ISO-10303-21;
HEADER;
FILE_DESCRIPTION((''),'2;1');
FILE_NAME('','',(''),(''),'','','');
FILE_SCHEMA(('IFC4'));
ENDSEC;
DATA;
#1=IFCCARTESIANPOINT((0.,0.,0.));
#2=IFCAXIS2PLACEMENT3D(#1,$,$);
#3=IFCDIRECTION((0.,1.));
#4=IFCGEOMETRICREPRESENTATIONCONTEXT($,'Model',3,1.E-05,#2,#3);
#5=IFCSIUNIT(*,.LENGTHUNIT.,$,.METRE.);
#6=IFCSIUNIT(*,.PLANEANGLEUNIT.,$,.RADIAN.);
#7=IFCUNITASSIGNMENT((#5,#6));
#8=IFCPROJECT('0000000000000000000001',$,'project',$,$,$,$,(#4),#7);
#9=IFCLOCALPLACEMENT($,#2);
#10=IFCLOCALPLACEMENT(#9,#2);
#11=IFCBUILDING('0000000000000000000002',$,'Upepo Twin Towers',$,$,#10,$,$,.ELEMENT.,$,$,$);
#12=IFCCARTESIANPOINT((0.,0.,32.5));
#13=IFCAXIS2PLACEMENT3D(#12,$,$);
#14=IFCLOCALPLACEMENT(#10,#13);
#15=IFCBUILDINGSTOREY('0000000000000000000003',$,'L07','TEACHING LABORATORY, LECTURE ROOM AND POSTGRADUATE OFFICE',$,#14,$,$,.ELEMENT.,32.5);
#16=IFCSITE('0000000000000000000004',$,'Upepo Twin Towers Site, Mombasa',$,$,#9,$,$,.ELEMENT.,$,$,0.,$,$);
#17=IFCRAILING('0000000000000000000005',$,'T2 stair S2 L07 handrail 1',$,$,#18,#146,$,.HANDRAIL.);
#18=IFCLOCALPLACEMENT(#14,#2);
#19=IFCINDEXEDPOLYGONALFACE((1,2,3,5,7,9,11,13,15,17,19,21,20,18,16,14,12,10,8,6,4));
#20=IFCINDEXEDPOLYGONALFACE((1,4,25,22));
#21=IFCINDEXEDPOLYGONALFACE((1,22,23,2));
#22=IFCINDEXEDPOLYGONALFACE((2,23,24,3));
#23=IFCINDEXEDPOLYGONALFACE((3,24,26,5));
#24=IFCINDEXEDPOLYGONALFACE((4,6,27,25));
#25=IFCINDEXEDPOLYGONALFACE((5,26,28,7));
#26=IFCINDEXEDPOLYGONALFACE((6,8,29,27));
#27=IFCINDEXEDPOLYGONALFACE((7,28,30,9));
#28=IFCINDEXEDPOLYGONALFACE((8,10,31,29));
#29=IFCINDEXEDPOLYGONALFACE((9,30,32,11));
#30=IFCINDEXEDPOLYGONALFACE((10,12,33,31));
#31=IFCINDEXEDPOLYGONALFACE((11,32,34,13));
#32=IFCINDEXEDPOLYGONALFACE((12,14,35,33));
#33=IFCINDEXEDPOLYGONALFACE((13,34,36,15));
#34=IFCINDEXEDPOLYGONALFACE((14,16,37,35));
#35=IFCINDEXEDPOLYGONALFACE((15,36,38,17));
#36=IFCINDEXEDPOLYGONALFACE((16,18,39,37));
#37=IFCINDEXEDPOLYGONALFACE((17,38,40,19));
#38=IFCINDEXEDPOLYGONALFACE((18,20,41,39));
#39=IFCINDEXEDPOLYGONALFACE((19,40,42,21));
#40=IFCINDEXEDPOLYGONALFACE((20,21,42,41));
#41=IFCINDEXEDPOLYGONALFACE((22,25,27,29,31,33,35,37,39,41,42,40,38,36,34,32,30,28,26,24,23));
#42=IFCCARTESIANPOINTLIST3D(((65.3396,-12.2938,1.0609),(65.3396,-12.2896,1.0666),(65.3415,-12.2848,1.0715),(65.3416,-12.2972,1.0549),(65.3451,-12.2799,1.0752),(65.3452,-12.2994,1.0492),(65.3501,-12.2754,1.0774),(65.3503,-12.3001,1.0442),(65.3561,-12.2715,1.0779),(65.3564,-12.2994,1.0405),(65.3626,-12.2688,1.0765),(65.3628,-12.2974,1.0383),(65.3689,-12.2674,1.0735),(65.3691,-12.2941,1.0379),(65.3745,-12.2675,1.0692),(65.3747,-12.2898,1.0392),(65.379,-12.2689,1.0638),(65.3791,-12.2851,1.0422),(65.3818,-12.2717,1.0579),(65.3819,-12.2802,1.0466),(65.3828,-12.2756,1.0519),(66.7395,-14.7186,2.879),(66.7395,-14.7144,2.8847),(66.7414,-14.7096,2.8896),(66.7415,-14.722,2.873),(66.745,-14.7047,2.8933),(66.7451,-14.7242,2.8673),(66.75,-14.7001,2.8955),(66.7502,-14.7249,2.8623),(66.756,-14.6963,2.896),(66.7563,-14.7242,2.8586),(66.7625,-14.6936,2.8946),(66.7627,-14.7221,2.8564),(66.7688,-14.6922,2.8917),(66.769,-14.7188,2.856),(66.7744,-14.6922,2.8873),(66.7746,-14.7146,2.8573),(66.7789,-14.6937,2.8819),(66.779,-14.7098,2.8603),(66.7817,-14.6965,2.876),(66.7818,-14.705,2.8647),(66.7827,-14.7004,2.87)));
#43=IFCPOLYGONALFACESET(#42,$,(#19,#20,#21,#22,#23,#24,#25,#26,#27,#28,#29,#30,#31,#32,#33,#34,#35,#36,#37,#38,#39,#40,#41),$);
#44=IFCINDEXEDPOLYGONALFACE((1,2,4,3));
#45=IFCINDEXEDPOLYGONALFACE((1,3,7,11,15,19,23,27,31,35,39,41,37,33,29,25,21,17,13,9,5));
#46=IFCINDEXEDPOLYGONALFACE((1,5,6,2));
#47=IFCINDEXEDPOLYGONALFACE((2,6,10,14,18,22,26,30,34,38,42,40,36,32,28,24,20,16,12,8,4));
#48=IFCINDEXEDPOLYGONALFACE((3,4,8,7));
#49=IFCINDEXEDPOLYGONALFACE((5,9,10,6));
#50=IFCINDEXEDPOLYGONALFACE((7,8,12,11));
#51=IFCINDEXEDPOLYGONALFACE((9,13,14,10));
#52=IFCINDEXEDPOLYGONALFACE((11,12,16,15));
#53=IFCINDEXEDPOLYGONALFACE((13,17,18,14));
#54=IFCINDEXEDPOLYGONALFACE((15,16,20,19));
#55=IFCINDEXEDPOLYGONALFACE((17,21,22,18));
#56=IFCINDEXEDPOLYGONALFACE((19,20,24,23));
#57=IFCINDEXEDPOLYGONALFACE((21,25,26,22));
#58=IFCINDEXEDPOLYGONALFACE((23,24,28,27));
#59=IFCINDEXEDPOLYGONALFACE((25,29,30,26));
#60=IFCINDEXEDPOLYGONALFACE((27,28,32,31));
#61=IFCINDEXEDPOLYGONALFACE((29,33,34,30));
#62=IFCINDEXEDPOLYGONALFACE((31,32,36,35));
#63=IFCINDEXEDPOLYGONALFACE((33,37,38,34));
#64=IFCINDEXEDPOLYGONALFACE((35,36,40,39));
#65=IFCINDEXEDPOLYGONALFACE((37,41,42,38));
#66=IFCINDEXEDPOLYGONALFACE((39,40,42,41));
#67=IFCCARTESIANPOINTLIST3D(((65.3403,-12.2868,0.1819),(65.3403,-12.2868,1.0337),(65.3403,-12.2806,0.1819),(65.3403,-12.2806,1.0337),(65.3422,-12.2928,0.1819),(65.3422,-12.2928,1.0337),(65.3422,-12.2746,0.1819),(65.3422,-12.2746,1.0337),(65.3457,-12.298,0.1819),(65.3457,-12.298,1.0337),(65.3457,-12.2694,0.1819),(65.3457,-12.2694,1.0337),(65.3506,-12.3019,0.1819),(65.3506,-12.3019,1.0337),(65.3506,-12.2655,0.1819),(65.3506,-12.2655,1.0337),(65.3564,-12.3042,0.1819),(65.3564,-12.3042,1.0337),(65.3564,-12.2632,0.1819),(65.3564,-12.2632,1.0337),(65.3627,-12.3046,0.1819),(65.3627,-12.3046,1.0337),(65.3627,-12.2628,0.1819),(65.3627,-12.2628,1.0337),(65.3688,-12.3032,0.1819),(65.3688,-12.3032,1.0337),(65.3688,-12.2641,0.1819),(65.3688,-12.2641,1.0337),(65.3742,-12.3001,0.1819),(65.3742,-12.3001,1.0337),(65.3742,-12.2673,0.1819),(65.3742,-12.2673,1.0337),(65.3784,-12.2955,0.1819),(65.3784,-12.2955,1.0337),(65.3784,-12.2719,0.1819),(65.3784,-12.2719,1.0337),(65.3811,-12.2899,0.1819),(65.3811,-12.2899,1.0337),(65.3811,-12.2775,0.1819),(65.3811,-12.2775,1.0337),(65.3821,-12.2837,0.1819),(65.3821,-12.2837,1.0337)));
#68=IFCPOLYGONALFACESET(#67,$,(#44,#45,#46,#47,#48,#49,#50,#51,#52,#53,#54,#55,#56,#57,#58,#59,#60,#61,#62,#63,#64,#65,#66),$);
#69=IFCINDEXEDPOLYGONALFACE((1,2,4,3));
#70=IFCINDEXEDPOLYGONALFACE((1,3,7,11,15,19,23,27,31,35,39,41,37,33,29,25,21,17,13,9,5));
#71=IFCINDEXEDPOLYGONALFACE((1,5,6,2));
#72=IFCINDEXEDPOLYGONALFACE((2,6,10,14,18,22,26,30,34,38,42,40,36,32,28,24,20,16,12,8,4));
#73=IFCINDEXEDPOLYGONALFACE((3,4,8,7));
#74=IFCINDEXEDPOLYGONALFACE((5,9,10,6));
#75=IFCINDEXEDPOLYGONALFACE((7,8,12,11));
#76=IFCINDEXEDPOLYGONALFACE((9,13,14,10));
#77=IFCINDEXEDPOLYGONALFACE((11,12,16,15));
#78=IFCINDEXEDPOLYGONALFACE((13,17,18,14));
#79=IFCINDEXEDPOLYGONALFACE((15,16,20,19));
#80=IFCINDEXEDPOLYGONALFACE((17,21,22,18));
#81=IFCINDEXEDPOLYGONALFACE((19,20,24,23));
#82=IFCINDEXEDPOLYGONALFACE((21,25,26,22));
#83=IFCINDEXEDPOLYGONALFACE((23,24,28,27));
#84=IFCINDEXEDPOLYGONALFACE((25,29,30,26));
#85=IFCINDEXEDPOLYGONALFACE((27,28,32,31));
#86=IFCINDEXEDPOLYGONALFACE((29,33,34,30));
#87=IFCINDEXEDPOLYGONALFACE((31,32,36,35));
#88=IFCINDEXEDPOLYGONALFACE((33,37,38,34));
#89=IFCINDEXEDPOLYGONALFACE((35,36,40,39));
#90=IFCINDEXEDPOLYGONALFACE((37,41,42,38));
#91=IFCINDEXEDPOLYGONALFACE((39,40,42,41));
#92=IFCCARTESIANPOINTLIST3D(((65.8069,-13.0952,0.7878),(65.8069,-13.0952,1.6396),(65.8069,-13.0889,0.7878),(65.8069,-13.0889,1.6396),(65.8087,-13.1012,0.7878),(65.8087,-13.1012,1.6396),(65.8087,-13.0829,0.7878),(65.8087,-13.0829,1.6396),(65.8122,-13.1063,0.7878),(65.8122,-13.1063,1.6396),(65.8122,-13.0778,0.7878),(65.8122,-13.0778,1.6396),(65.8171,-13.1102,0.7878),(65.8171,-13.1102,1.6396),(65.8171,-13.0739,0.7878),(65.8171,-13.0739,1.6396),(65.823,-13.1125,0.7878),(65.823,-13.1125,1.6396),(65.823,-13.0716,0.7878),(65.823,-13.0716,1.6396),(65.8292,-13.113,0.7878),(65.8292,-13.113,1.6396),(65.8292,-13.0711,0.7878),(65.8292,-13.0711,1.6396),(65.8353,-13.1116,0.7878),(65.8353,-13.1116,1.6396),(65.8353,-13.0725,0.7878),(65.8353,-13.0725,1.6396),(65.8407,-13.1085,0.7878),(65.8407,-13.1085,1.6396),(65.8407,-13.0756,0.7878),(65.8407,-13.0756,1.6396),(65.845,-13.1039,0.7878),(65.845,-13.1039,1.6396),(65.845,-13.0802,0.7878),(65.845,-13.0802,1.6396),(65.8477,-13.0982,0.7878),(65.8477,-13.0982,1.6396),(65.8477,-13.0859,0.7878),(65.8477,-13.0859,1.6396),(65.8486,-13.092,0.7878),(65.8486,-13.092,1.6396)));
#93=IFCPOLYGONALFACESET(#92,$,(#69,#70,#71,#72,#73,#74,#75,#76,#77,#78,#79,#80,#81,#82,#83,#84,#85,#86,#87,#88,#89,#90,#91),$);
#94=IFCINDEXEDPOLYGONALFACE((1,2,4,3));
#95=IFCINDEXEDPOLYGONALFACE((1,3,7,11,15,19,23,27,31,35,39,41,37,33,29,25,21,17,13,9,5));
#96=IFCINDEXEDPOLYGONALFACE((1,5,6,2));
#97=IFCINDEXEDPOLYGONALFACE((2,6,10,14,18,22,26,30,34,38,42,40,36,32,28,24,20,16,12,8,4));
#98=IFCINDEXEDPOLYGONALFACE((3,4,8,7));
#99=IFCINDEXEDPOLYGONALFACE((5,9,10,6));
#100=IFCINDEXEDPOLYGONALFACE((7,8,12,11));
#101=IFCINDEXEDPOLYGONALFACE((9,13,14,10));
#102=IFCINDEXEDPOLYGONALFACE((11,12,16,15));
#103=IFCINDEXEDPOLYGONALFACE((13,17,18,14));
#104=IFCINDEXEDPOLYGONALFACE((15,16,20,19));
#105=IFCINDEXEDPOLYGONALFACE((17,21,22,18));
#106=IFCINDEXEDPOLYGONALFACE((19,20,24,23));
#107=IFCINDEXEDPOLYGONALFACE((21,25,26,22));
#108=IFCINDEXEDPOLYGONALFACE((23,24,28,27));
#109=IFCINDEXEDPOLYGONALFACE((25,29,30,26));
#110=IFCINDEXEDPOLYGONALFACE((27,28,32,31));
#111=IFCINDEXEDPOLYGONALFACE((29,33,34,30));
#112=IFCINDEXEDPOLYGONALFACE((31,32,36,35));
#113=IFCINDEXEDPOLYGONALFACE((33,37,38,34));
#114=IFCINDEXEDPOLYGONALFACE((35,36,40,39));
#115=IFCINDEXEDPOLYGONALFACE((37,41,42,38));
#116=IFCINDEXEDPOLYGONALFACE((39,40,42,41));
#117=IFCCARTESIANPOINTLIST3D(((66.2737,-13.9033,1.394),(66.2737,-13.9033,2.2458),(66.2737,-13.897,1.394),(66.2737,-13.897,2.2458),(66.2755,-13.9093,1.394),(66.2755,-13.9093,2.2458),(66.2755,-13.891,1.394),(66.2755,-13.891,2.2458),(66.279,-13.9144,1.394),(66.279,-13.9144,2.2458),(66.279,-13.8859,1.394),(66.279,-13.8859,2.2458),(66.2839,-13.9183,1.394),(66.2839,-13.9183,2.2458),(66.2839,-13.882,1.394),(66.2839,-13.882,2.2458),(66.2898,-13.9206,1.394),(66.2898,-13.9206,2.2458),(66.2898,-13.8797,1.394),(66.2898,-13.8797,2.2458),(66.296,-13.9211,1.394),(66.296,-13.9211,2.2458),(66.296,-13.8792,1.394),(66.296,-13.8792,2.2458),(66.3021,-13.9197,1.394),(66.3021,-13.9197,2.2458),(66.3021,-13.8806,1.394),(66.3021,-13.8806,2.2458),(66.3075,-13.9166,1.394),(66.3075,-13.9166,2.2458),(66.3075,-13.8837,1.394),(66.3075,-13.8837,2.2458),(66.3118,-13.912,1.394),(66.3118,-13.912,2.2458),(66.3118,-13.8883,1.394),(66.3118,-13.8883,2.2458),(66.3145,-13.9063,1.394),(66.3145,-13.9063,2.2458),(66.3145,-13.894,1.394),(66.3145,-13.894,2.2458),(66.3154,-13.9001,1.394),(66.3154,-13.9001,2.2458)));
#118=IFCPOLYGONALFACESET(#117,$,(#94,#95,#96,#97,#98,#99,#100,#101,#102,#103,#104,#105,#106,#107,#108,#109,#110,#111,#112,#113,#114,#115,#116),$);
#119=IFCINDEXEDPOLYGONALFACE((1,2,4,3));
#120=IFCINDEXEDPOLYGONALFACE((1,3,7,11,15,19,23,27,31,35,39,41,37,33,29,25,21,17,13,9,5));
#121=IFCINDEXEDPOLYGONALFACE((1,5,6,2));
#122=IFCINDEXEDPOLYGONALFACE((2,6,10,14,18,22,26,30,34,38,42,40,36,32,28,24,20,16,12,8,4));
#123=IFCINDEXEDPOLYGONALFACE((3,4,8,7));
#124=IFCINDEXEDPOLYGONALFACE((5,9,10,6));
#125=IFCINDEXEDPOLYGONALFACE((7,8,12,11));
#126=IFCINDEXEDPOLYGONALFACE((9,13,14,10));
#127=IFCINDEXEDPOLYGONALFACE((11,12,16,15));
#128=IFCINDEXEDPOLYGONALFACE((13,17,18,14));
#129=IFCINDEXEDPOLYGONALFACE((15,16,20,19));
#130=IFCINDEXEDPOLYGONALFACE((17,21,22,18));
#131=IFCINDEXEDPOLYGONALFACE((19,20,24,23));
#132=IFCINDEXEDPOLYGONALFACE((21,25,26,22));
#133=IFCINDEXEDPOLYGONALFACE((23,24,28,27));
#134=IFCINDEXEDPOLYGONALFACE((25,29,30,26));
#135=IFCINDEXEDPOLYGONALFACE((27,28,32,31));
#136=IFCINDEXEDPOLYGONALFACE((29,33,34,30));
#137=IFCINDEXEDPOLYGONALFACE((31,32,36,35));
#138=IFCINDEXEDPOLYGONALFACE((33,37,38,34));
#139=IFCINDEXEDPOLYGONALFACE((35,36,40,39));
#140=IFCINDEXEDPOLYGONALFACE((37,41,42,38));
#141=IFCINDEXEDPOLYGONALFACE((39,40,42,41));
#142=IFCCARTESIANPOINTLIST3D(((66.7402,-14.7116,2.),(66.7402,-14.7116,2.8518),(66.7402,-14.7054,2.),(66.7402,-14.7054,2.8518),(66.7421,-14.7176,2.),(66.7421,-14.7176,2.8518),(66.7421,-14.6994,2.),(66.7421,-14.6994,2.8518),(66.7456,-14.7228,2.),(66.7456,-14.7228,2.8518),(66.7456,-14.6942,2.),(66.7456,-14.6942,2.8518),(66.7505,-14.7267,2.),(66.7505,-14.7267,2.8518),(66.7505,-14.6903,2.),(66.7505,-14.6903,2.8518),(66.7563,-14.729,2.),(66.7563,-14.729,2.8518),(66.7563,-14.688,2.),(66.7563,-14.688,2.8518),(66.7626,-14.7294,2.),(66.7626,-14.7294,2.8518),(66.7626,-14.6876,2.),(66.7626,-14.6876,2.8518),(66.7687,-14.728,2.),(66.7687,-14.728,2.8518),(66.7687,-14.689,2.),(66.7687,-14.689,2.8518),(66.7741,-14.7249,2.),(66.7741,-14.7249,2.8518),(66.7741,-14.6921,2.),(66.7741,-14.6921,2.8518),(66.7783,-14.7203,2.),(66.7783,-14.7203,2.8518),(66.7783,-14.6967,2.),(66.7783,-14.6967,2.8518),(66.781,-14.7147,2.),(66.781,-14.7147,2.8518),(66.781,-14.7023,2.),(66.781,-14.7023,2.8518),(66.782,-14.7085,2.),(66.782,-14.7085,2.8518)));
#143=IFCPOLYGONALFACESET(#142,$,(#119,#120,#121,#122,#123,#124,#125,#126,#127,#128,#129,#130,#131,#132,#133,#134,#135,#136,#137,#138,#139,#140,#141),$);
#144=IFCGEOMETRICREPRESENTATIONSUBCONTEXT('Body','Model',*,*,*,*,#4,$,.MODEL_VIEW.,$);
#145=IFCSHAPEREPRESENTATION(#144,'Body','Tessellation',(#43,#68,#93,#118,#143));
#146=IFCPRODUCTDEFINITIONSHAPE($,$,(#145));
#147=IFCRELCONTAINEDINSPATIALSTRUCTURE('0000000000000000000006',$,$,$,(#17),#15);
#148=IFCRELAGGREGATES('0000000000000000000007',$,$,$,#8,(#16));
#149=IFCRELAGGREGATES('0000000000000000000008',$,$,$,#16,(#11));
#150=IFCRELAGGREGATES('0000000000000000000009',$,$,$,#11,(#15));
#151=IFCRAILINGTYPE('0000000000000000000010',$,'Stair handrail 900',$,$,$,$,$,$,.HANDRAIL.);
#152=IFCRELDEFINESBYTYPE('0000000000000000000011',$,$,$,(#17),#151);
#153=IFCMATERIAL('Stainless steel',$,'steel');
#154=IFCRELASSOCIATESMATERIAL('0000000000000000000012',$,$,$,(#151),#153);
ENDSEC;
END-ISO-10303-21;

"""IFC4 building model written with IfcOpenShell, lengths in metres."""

from ifc_helpers import new_model, si_unit, direction, frame, origin, origin_2d, place, context, subcontext, project, spatial, circle, extrude, material, type_object, element, save


model = new_model("IFC4")

# Units and contexts
model_context = context("Model", 3, precision=1e-05, world=origin(), true_north=direction((0.0, 1.0)))
body_context = subcontext(model_context, "Body", "Model", "MODEL_VIEW")
ifc_project = project(units=[si_unit("LENGTHUNIT", "METRE"), si_unit("PLANEANGLEUNIT", "RADIAN")], contexts=[model_context])

# Site, building, storey
site_placement = place(None, origin())
site = spatial("IfcSite", under=ifc_project, at=site_placement, Name="Upepo Twin Towers Site, Mombasa", CompositionType="ELEMENT", RefElevation=0.0)
building_placement = place(site_placement, origin())
building = spatial("IfcBuilding", under=site, at=building_placement, Name="Upepo Twin Towers", CompositionType="ELEMENT")
storey_placement = place(building_placement, frame((0.0, 0.0, 32.5)))
storey = spatial("IfcBuildingStorey", under=building, at=storey_placement, Name="L07", Description="TEACHING LABORATORY, LECTURE ROOM AND POSTGRADUATE OFFICE", CompositionType="ELEMENT", Elevation=32.5)

# Railing
ifc_material_1 = material(Name="Stainless steel", Category="steel")
railing_type = type_object("IfcRailingType", Name="Stair handrail 900", PredefinedType="HANDRAIL", material=ifc_material_1)
railing_1_placement = place(storey_placement, frame((65.3611, -12.2837, 0.1819)))
element("IfcRailing", 1, at=railing_1_placement, inside=storey, type_object=railing_type, Name="T2 stair S2 L07 handrail 1", PredefinedType="HANDRAIL", context=body_context, shape_type="SweptSolid", body=[
    extrude(circle(Radius=0.0239, at=origin_2d()), frame((0.0, 0.0, 0.876), z_axis=(0.419333, -0.726336, 0.544606), x_axis=(0.866035, 0.499984, 0.0)), (0.0, 0.0, 1.0), 3.3384),
    extrude(circle(Radius=0.021, at=origin_2d()), origin(), (0.0, 0.0, 1.0), 0.8518),
    extrude(circle(Radius=0.021, at=origin_2d()), frame((0.4666, -0.8083, 0.606)), (0.0, 0.0, 1.0), 0.8518),
    extrude(circle(Radius=0.021, at=origin_2d()), frame((0.9333, -1.6165, 1.2122)), (0.0, 0.0, 1.0), 0.8518),
    extrude(circle(Radius=0.021, at=origin_2d()), frame((1.3999, -2.4248, 1.8181)), (0.0, 0.0, 1.0), 0.8518),
])

save(model, "model.ifc")
